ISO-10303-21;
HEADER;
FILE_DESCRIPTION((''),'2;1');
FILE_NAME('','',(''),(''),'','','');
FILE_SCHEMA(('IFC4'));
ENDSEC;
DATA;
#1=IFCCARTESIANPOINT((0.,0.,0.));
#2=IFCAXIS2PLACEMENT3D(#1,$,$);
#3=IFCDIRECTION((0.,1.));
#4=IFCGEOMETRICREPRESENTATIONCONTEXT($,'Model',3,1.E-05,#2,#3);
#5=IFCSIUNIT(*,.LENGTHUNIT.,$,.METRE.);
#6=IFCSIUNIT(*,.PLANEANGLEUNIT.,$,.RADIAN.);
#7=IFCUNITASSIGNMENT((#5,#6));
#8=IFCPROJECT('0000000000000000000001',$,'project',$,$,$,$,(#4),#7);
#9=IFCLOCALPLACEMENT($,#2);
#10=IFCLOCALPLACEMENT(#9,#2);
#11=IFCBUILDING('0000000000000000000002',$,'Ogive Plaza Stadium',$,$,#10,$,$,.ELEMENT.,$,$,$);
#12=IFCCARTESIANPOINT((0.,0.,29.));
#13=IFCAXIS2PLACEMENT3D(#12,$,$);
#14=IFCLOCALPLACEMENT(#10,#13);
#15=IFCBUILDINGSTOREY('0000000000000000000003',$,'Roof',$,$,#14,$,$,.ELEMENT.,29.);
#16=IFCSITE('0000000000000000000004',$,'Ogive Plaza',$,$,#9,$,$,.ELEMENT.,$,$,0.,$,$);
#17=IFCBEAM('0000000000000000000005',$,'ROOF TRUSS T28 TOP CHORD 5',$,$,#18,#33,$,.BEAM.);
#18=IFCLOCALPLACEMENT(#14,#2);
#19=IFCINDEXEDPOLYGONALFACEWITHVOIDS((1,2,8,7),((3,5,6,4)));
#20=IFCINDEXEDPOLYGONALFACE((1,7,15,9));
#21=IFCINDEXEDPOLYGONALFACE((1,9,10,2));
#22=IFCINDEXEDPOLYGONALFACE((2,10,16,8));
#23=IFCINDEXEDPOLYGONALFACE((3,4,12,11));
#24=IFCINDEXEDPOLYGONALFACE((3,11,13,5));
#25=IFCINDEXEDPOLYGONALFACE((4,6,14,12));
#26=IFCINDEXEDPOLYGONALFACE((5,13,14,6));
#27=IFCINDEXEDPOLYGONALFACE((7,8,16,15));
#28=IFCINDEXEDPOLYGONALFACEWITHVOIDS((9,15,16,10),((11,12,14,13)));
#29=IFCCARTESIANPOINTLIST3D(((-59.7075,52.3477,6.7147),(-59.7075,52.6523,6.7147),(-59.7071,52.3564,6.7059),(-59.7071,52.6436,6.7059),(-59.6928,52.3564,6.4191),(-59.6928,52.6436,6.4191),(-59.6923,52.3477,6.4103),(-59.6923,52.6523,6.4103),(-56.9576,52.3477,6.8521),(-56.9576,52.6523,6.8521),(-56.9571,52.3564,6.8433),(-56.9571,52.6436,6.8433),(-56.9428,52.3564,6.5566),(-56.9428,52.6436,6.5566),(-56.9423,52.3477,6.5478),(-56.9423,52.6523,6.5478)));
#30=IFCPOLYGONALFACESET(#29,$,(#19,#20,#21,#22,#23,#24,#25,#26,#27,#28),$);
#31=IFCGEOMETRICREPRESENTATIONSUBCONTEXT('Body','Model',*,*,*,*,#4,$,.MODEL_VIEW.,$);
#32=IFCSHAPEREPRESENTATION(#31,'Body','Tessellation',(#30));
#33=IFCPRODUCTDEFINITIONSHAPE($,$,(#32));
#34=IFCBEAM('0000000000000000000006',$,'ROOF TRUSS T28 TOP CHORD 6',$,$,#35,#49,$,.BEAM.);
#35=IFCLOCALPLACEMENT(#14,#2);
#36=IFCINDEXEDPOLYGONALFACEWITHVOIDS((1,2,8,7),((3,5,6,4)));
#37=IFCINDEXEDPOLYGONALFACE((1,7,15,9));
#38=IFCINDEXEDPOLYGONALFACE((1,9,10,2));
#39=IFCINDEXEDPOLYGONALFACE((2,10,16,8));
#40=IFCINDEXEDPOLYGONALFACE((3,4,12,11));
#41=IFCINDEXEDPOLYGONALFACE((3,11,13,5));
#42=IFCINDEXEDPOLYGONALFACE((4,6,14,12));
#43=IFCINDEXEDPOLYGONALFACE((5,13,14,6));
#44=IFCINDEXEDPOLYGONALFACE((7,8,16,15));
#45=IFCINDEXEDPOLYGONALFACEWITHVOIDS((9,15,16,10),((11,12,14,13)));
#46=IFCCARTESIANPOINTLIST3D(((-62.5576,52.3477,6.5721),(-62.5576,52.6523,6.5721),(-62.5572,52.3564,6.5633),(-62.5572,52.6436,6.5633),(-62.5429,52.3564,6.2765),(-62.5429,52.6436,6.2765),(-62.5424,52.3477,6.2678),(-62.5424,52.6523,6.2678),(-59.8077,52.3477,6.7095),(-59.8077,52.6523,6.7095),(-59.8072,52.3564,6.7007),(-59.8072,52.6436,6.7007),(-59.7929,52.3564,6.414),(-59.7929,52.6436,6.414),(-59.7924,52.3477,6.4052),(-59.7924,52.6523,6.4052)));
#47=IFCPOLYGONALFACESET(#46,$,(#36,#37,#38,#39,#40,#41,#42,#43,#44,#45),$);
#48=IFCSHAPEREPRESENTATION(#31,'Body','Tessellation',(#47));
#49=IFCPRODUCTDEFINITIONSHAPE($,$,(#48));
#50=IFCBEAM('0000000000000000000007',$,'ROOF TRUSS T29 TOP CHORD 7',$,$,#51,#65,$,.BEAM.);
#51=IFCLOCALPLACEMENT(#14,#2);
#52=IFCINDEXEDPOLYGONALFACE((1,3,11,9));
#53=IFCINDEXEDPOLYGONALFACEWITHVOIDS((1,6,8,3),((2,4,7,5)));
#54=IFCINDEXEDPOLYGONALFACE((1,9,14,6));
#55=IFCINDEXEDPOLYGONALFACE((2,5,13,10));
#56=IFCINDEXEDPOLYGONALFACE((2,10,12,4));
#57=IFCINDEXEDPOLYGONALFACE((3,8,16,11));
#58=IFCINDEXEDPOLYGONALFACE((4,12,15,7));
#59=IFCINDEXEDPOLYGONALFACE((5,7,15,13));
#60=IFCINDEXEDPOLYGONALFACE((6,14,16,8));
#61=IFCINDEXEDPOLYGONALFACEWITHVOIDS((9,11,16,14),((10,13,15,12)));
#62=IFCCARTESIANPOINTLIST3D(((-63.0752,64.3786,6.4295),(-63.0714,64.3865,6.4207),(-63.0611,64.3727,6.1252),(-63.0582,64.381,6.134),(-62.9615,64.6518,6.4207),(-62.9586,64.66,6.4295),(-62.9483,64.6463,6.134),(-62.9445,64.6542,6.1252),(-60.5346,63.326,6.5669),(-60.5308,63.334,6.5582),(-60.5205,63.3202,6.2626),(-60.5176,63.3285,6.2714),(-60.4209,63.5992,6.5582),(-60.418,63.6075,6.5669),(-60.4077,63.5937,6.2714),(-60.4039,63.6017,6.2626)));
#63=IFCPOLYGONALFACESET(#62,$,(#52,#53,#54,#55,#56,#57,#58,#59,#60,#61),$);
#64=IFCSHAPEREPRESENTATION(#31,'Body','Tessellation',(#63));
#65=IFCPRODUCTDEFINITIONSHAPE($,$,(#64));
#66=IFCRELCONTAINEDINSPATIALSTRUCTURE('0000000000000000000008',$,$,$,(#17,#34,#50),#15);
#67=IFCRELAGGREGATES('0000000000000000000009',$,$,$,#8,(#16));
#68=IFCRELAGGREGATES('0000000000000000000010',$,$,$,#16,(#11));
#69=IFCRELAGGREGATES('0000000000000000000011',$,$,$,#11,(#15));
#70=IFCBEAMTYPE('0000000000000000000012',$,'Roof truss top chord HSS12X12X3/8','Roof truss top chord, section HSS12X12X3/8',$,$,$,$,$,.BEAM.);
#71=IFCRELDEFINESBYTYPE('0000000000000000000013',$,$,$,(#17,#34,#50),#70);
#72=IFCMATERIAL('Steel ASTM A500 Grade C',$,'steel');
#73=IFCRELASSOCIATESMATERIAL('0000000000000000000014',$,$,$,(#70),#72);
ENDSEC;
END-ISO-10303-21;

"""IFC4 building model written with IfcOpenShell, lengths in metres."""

from ifc_helpers import new_model, si_unit, direction, frame, origin, origin_2d, place, context, subcontext, project, spatial, hollow_rectangle, extrude, material, material_profile, profile_set, type_object, element, save


model = new_model("IFC4")

# Units and contexts
model_context = context("Model", 3, precision=1e-05, world=origin(), true_north=direction((0.0, 1.0)))
body_context = subcontext(model_context, "Body", "Model", "MODEL_VIEW")
ifc_project = project(units=[si_unit("LENGTHUNIT", "METRE"), si_unit("PLANEANGLEUNIT", "RADIAN")], contexts=[model_context])

# Site, building, storey
site_placement = place(None, origin())
site = spatial("IfcSite", under=ifc_project, at=site_placement, Name="Ogive Plaza", CompositionType="ELEMENT", RefElevation=0.0)
building_placement = place(site_placement, origin())
building = spatial("IfcBuilding", under=site, at=building_placement, Name="Ogive Plaza Stadium", CompositionType="ELEMENT")
storey_placement = place(building_placement, frame((0.0, 0.0, 29.0)))
storey = spatial("IfcBuildingStorey", under=building, at=storey_placement, Name="Roof", CompositionType="ELEMENT", Elevation=29.0)

# Beams
ifc_material_1 = material(Name="Steel ASTM A500 Grade C", Category="steel")
ifc_material_profile_1 = material_profile(ifc_material_1, hollow_rectangle(XDim=0.3047, YDim=0.3047, WallThickness=0.0088, at=origin_2d()), Name="HSS12X12X3/8")
ifc_profile_set_1 = profile_set([ifc_material_profile_1], Name="Steel ASTM A500 Grade C")
beam_type_1 = type_object("IfcBeamType", Name="Roof truss top chord HSS12X12X3/8", Description="Roof truss top chord, section HSS12X12X3/8", PredefinedType="BEAM", material=ifc_profile_set_1)
for number, where, z_axis, x_axis, name in (
    (1, (-56.95, 52.5, 6.7), (-0.998753, 0.0, -0.04992), (0.0, -1.0, 0.0), "ROOF TRUSS T28 TOP CHORD 5"),
    (2, (-59.8, 52.5, 6.5574), (-0.998753, 0.0, -0.04992), (0.0, -1.0, 0.0), "ROOF TRUSS T28 TOP CHORD 6"),
    (3, (-60.4692, 63.4639, 6.4148), (-0.922706, 0.382259, -0.049922), (-0.382736, -0.923858, 0.0), "ROOF TRUSS T29 TOP CHORD 7"),
):
    element("IfcBeam", number, at=place(storey_placement, frame(where, z_axis=z_axis, x_axis=x_axis)), inside=storey, type_object=beam_type_1, Name=name, PredefinedType="BEAM", context=body_context, shape_type="SweptSolid", body=[
        extrude(hollow_rectangle(XDim=0.3047, YDim=0.3047, WallThickness=0.0088, at=origin_2d()), origin(), (0.0, 0.0, 1.0), 2.7534),
    ])

save(model, "model.ifc")
